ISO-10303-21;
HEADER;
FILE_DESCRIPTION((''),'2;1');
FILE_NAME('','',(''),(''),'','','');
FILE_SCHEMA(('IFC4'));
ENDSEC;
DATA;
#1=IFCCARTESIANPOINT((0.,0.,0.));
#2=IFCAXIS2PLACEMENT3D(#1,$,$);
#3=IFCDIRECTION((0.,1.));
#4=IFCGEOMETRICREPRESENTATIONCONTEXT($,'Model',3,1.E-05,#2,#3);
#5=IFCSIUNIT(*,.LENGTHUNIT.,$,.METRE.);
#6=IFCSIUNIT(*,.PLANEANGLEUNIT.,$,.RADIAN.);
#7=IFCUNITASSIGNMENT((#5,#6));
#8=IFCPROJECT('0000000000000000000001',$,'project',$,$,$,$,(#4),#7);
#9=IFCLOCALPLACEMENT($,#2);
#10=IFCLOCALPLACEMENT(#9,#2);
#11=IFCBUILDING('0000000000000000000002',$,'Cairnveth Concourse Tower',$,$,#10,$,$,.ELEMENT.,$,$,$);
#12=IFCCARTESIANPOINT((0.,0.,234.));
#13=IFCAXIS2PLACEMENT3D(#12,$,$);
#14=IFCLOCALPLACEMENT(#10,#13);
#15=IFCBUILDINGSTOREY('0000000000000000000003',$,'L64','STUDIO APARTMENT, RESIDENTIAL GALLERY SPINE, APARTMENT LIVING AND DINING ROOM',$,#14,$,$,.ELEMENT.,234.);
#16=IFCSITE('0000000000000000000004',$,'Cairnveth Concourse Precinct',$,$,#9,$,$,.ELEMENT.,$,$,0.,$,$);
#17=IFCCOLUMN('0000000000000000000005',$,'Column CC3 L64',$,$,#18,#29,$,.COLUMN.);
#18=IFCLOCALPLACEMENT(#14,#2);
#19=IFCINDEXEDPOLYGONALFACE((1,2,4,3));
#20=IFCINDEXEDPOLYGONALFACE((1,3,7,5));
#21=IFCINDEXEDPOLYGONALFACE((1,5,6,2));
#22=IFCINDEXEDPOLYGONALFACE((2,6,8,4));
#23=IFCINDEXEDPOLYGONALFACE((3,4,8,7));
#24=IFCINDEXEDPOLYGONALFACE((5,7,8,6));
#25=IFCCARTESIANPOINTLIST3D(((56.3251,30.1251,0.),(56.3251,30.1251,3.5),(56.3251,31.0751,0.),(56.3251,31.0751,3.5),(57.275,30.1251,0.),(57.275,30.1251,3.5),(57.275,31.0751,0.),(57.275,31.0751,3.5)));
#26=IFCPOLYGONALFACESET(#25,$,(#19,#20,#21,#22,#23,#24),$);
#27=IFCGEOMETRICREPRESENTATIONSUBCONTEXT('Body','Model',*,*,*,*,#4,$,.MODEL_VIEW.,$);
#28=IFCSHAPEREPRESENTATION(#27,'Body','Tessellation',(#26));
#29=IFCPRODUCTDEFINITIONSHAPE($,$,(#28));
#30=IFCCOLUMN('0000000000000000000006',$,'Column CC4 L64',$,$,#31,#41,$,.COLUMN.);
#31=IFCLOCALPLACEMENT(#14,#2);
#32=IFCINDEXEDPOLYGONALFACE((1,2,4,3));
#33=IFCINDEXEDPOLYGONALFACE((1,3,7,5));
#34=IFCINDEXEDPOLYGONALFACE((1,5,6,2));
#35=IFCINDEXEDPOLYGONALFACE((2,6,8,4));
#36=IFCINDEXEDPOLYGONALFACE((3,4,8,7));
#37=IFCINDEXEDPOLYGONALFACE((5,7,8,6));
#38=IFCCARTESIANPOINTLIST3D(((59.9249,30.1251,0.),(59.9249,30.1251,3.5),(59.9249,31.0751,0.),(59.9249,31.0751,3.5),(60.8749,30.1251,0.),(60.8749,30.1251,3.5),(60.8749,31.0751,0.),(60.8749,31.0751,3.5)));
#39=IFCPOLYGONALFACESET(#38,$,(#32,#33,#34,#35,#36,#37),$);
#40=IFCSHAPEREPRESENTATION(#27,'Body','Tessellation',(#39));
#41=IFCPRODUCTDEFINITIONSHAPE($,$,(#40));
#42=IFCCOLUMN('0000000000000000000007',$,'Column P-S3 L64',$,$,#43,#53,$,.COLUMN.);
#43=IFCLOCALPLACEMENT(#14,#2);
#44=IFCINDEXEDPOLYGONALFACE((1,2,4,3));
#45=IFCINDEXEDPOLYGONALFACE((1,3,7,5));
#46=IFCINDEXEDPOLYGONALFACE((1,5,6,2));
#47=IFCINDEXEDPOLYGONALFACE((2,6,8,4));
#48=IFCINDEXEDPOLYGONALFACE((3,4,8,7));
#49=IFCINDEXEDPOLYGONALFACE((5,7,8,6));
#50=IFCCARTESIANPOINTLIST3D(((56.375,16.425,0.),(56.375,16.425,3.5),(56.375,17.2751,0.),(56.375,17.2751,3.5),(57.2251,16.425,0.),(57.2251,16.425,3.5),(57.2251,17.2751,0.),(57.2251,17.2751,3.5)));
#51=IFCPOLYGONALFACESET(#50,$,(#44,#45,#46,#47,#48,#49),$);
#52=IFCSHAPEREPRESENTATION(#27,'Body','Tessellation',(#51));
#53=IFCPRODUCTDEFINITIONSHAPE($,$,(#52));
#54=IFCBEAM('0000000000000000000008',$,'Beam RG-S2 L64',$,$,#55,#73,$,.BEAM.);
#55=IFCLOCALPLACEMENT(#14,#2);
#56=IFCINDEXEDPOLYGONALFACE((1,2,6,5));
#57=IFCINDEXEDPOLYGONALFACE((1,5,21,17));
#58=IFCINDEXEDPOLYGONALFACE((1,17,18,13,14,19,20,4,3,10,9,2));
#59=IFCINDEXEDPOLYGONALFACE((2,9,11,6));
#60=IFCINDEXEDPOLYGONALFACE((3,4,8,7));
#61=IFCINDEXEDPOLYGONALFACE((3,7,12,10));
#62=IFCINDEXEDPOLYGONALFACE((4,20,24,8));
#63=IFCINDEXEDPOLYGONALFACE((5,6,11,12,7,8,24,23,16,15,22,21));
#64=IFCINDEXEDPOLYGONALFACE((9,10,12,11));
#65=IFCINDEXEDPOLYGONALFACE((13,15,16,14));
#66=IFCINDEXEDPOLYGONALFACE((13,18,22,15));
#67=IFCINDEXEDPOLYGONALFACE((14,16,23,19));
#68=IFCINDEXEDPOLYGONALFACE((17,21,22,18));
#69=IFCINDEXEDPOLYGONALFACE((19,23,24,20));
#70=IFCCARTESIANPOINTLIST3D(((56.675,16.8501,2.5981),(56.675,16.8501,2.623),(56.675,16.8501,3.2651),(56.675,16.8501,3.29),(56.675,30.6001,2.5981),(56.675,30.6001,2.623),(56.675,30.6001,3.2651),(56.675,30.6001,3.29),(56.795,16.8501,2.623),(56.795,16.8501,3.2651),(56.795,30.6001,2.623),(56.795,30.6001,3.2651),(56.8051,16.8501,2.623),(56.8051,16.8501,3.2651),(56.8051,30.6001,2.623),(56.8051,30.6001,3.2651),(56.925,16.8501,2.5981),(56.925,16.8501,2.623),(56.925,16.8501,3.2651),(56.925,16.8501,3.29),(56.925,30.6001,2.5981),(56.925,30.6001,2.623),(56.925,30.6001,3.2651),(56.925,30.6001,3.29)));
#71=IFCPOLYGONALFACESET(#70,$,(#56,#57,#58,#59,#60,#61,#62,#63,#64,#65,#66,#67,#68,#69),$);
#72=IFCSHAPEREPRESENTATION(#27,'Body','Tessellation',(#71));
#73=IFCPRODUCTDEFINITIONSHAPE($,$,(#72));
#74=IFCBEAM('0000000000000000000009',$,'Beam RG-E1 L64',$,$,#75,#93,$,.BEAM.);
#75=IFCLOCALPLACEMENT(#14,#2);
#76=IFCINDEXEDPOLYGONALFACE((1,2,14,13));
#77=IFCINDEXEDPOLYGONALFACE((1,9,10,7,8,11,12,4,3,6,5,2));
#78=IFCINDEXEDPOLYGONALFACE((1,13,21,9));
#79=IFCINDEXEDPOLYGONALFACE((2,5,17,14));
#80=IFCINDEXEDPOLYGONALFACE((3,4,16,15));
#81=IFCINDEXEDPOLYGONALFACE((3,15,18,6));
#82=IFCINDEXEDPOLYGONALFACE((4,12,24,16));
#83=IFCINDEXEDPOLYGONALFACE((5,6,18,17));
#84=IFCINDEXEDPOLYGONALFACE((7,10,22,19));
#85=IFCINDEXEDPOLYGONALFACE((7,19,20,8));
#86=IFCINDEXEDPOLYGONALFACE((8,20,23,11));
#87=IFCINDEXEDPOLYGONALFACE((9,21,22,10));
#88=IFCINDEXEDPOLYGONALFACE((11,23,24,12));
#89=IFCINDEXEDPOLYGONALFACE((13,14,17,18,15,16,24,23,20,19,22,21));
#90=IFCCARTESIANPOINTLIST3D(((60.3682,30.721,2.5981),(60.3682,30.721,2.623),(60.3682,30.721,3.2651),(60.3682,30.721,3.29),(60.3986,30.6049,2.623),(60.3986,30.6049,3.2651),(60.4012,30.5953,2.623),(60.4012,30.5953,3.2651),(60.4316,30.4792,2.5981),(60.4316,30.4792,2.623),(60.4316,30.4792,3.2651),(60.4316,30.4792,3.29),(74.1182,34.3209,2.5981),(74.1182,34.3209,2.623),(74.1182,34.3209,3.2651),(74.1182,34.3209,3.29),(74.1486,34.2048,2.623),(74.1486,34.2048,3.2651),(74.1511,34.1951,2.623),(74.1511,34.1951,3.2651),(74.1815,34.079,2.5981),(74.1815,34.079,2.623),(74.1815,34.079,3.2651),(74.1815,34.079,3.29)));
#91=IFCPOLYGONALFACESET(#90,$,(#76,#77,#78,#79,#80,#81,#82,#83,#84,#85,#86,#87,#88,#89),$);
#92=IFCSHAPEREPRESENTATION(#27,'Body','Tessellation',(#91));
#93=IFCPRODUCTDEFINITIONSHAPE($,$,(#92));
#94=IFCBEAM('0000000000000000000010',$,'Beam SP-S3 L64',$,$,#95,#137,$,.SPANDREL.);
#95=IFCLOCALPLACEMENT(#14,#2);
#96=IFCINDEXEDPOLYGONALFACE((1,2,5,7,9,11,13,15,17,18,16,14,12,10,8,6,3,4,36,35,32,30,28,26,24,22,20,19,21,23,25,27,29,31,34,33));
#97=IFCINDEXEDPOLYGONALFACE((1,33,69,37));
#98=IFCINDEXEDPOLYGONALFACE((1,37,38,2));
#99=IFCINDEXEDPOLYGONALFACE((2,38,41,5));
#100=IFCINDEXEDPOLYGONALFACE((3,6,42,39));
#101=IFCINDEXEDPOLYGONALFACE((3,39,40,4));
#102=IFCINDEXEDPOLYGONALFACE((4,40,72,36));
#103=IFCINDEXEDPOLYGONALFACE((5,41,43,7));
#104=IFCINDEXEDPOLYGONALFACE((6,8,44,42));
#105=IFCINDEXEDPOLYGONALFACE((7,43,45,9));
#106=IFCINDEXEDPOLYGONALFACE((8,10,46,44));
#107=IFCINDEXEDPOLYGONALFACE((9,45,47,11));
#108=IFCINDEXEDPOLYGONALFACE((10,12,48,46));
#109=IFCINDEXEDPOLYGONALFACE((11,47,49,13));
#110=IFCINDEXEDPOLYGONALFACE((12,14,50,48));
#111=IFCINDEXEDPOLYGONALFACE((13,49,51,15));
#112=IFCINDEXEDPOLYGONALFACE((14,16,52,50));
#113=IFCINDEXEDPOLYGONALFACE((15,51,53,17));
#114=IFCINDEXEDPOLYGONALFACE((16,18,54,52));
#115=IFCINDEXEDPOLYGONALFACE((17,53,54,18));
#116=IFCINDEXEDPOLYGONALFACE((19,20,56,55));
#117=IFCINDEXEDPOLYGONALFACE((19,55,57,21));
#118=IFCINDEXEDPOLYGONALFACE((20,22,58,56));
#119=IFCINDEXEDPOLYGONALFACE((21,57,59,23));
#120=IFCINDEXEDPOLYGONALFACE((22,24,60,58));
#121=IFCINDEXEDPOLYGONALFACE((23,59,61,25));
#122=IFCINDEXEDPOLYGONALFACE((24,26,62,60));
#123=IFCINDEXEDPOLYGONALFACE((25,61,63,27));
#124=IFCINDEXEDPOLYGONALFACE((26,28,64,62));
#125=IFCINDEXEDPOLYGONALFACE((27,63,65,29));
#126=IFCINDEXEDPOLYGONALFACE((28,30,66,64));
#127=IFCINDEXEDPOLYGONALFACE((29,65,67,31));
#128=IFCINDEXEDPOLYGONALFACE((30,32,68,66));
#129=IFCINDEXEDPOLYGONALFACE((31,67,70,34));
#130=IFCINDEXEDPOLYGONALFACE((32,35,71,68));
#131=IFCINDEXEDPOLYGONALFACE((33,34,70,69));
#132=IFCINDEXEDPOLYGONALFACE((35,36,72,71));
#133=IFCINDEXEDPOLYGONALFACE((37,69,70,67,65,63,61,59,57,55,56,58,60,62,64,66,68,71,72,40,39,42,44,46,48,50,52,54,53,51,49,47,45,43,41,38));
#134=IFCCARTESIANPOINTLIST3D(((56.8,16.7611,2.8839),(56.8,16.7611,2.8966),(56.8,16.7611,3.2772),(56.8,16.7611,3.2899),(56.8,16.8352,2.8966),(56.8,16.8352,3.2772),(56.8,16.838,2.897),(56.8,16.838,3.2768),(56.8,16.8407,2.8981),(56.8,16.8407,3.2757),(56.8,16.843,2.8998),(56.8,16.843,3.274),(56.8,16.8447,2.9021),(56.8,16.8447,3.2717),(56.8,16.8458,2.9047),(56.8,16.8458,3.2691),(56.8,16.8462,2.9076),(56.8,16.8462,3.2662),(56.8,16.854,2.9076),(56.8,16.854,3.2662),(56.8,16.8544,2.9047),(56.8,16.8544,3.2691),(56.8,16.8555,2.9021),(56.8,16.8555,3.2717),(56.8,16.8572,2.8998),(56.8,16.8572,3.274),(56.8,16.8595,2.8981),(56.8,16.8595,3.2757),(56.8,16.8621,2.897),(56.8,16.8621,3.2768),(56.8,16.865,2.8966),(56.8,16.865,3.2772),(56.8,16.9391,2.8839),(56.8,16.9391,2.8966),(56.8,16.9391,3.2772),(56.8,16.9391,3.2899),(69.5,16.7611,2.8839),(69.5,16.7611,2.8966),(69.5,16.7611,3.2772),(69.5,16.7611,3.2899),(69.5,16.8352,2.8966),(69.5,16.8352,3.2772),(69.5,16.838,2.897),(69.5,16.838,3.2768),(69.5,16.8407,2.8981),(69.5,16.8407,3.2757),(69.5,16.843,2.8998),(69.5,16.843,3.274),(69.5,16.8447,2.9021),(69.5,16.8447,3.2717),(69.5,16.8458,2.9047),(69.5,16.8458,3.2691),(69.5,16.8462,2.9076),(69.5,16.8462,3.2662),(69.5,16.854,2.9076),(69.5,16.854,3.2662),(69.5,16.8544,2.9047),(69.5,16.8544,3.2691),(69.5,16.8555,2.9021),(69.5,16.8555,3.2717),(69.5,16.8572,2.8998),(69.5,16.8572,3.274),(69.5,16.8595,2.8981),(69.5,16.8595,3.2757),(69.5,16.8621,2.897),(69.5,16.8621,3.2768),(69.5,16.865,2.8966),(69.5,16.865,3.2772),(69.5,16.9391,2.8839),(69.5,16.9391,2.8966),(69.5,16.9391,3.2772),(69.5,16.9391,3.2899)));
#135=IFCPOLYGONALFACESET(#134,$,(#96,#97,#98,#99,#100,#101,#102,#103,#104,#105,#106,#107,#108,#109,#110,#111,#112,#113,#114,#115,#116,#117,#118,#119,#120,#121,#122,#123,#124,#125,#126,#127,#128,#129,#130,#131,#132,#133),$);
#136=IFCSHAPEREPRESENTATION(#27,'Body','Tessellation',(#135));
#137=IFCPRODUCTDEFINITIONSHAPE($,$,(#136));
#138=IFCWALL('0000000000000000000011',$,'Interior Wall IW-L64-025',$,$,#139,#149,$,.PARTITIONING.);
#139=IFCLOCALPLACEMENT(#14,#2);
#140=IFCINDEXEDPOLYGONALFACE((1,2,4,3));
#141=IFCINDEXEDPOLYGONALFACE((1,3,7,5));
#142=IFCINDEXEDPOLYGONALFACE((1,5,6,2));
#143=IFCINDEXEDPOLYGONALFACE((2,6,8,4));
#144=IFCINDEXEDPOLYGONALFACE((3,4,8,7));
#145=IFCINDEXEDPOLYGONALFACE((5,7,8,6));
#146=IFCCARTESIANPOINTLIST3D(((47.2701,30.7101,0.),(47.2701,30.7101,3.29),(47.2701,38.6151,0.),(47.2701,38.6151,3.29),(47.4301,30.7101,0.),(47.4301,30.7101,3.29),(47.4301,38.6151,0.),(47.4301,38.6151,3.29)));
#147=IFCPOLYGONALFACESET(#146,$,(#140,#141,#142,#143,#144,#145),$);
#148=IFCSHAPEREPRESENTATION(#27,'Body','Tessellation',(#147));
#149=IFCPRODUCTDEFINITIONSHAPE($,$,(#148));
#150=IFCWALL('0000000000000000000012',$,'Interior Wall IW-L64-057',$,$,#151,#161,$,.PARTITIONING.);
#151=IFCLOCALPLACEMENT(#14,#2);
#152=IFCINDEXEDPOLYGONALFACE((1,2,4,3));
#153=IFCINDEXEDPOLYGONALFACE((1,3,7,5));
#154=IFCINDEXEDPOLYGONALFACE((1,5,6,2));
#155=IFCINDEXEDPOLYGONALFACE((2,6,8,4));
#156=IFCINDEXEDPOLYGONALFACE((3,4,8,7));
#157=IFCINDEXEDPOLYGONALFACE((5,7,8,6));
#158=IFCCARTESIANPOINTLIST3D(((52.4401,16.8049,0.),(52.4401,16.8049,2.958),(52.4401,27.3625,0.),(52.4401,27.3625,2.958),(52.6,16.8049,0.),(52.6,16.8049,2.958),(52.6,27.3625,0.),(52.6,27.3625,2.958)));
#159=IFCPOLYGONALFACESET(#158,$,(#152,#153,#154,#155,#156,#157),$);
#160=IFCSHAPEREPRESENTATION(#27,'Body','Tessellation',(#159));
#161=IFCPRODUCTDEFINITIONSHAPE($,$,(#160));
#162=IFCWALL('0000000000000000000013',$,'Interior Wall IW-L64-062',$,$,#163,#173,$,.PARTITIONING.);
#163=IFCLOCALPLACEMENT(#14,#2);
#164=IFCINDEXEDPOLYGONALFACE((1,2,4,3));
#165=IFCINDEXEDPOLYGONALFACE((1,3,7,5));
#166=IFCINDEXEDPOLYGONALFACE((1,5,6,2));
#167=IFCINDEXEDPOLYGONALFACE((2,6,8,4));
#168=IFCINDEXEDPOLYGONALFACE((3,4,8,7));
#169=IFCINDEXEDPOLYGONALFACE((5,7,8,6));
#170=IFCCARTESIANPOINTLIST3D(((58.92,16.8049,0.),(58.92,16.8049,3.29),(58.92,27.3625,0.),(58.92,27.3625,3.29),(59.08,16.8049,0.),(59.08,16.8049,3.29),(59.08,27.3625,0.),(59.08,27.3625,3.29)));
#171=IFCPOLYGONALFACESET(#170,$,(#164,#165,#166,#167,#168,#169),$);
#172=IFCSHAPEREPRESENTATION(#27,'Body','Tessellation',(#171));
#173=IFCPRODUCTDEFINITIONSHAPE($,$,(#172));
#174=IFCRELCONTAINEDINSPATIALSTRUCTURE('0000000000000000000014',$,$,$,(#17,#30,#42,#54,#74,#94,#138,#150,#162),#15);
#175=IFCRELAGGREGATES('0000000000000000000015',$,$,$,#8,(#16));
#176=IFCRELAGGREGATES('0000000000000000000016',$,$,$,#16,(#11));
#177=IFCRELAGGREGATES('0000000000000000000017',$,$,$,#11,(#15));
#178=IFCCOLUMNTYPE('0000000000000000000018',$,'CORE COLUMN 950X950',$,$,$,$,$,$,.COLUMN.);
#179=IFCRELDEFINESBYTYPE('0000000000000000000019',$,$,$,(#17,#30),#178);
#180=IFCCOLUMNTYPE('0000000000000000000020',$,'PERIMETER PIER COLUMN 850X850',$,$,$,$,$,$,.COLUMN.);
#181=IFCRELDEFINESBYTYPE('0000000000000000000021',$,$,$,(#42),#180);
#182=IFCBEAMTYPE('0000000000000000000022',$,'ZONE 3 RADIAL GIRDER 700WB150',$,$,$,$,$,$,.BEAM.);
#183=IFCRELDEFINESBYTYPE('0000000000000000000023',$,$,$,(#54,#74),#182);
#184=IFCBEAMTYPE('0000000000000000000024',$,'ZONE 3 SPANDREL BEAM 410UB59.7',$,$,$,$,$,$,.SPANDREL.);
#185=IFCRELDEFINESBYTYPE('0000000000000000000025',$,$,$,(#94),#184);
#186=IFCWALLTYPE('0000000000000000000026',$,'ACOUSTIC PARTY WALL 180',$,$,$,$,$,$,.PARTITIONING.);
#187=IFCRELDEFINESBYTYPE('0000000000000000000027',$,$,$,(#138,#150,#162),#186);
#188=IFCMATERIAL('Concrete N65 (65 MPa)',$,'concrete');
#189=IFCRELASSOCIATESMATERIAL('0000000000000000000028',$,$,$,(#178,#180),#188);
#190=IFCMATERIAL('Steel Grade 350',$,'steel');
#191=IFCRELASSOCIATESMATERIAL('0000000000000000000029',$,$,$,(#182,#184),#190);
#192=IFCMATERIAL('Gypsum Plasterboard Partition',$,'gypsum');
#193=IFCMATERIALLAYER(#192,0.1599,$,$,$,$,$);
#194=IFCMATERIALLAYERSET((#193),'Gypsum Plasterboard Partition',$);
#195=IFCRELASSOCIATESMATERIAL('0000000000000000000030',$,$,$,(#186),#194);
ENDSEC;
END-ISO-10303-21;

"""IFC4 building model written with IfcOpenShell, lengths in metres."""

from ifc_helpers import new_model, si_unit, direction, frame, frame_2d, origin, origin_2d, place, context, subcontext, project, spatial, rectangle, i_section, extrude, material, layer, layer_set, material_profile, profile_set, type_object, element, save


model = new_model("IFC4")

# Units and contexts
model_context = context("Model", 3, precision=1e-05, world=origin(), true_north=direction((0.0, 1.0)))
body_context = subcontext(model_context, "Body", "Model", "MODEL_VIEW")
ifc_project = project(units=[si_unit("LENGTHUNIT", "METRE"), si_unit("PLANEANGLEUNIT", "RADIAN")], contexts=[model_context])

# Site, building, storey
site_placement = place(None, origin())
site = spatial("IfcSite", under=ifc_project, at=site_placement, Name="Cairnveth Concourse Precinct", CompositionType="ELEMENT", RefElevation=0.0)
building_placement = place(site_placement, origin())
building = spatial("IfcBuilding", under=site, at=building_placement, Name="Cairnveth Concourse Tower", CompositionType="ELEMENT")
storey_placement = place(building_placement, frame((0.0, 0.0, 234.0)))
storey = spatial("IfcBuildingStorey", under=building, at=storey_placement, Name="L64", Description="STUDIO APARTMENT, RESIDENTIAL GALLERY SPINE, APARTMENT LIVING AND DINING ROOM", CompositionType="ELEMENT", Elevation=234.0)

# Columns
ifc_material_1 = material(Name="Concrete N65 (65 MPa)", Category="concrete")
ifc_material_profile_1 = material_profile(ifc_material_1, rectangle(XDim=0.95, YDim=0.95, at=origin_2d()), Name="RC-COL-950x950")
ifc_profile_set_1 = profile_set([ifc_material_profile_1], Name="Concrete N65 (65 MPa)")
column_type_1 = type_object("IfcColumnType", Name="CORE COLUMN 950X950", PredefinedType="COLUMN", material=ifc_profile_set_1)
for number, where, z_axis, x_axis, name in (
    (1, (56.8, 30.6001, 0.0), (0.0, 0.0, 1.0), (1.0, 0.0, 0.0), "Column CC3 L64"),
    (2, (60.3999, 30.6001, 0.0), (0.0, 0.0, 1.0), (1.0, 0.0, 0.0), "Column CC4 L64"),
):
    element("IfcColumn", number, at=place(storey_placement, frame(where, z_axis=z_axis, x_axis=x_axis)), inside=storey, type_object=column_type_1, Name=name, PredefinedType="COLUMN", context=body_context, shape_type="SweptSolid", body=[
        extrude(rectangle(XDim=0.95, YDim=0.95, at=origin_2d()), origin(), (0.0, 0.0, 1.0), 3.5),
    ])
ifc_material_profile_2 = material_profile(ifc_material_1, rectangle(XDim=0.8501, YDim=0.8501, at=origin_2d()), Name="RC-COL-850x850")
ifc_profile_set_2 = profile_set([ifc_material_profile_2], Name="Concrete N65 (65 MPa)")
column_type_2 = type_object("IfcColumnType", Name="PERIMETER PIER COLUMN 850X850", PredefinedType="COLUMN", material=ifc_profile_set_2)
column_placement = place(storey_placement, frame((56.8, 16.8501, 0.0), z_axis=(0.0, 0.0, 1.0), x_axis=(1.0, 0.0, 0.0)))
element("IfcColumn", 3, at=column_placement, inside=storey, type_object=column_type_2, Name="Column P-S3 L64", PredefinedType="COLUMN", context=body_context, shape_type="SweptSolid", body=[
    extrude(rectangle(XDim=0.8501, YDim=0.8501, at=origin_2d()), origin(), (0.0, 0.0, 1.0), 3.5),
])

# Beams
ifc_material_2 = material(Name="Steel Grade 350", Category="steel")
ifc_material_profile_3 = material_profile(ifc_material_2, i_section(OverallWidth=0.25, OverallDepth=0.6919, WebThickness=0.01, FlangeThickness=0.0249, at=origin_2d()), Name="700WB150")
ifc_profile_set_3 = profile_set([ifc_material_profile_3], Name="Steel Grade 350")
beam_type_1 = type_object("IfcBeamType", Name="ZONE 3 RADIAL GIRDER 700WB150", PredefinedType="BEAM", material=ifc_profile_set_3)
beam_1_placement = place(storey_placement, frame((56.8, 16.8501, 2.9441), z_axis=(0.0, 1.0, 0.0), x_axis=(-1.0, 0.0, 0.0)))
element("IfcBeam", 4, at=beam_1_placement, inside=storey, type_object=beam_type_1, Name="Beam RG-S2 L64", PredefinedType="BEAM", context=body_context, shape_type="SweptSolid", body=[
    extrude(i_section(OverallWidth=0.25, OverallDepth=0.6919, WebThickness=0.01, FlangeThickness=0.0249, at=origin_2d()), origin(), (0.0, 0.0, 1.0), 13.75),
])
beam_2_placement = place(storey_placement, frame((60.3999, 30.6001, 2.9441), z_axis=(0.967395, 0.253271, 0.0), x_axis=(-0.253271, 0.967395, 0.0)))
element("IfcBeam", 5, at=beam_2_placement, inside=storey, type_object=beam_type_1, Name="Beam RG-E1 L64", PredefinedType="BEAM", context=body_context, shape_type="SweptSolid", body=[
    extrude(i_section(OverallWidth=0.25, OverallDepth=0.6919, WebThickness=0.01, FlangeThickness=0.0249, at=origin_2d()), origin(), (0.0, 0.0, 1.0), 14.2134),
])
ifc_material_profile_4 = material_profile(ifc_material_2, i_section(OverallWidth=0.178, OverallDepth=0.406, WebThickness=0.0078, FlangeThickness=0.0127, FilletRadius=0.011, at=origin_2d()), Name="410UB59.7")
ifc_profile_set_4 = profile_set([ifc_material_profile_4], Name="Steel Grade 350")
beam_type_2 = type_object("IfcBeamType", Name="ZONE 3 SPANDREL BEAM 410UB59.7", PredefinedType="SPANDREL", material=ifc_profile_set_4)
beam_3_placement = place(storey_placement, frame((56.8, 16.8501, 3.0869), z_axis=(1.0, 0.0, 0.0), x_axis=(0.0, 1.0, 0.0)))
element("IfcBeam", 6, at=beam_3_placement, inside=storey, type_object=beam_type_2, Name="Beam SP-S3 L64", PredefinedType="SPANDREL", context=body_context, shape_type="SweptSolid", body=[
    extrude(i_section(OverallWidth=0.178, OverallDepth=0.406, WebThickness=0.0078, FlangeThickness=0.0127, FilletRadius=0.011, at=origin_2d()), origin(), (0.0, 0.0, 1.0), 12.7),
])

# Walls
ifc_material_3 = material(Name="Gypsum Plasterboard Partition", Category="gypsum")
ifc_layer_1 = layer(ifc_material_3, 0.1599)
ifc_layer_set_1 = layer_set([ifc_layer_1], Name="Gypsum Plasterboard Partition")
wall_type_1 = type_object("IfcWallType", Name="ACOUSTIC PARTY WALL 180", PredefinedType="PARTITIONING", material=ifc_layer_set_1)
wall_1_placement = place(storey_placement, frame((47.3501, 30.71, 0.0), z_axis=(0.0, 0.0, 1.0), x_axis=(0.0, 1.0, 0.0)))
element("IfcWall", 7, at=wall_1_placement, inside=storey, type_object=wall_type_1, Name="Interior Wall IW-L64-025", PredefinedType="PARTITIONING", context=body_context, shape_type="SweptSolid", body=[
    extrude(rectangle(XDim=7.905, YDim=0.1599, at=frame_2d((3.9526, 0.0))), origin(), (0.0, 0.0, 1.0), 3.29),
])
wall_2_placement = place(storey_placement, frame((52.52, 16.8049, 0.0), z_axis=(0.0, 0.0, 1.0), x_axis=(0.0, 1.0, 0.0)))
element("IfcWall", 8, at=wall_2_placement, inside=storey, type_object=wall_type_1, Name="Interior Wall IW-L64-057", PredefinedType="PARTITIONING", context=body_context, shape_type="SweptSolid", body=[
    extrude(rectangle(XDim=10.5576, YDim=0.1599, at=frame_2d((5.2788, 0.0))), origin(), (0.0, 0.0, 1.0), 2.958),
])
wall_3_placement = place(storey_placement, frame((59.0, 16.8049, 0.0), z_axis=(0.0, 0.0, 1.0), x_axis=(0.0, 1.0, 0.0)))
element("IfcWall", 9, at=wall_3_placement, inside=storey, type_object=wall_type_1, Name="Interior Wall IW-L64-062", PredefinedType="PARTITIONING", context=body_context, shape_type="SweptSolid", body=[
    extrude(rectangle(XDim=10.5576, YDim=0.1599, at=frame_2d((5.2788, 0.0))), origin(), (0.0, 0.0, 1.0), 3.29),
])

save(model, "model.ifc")
